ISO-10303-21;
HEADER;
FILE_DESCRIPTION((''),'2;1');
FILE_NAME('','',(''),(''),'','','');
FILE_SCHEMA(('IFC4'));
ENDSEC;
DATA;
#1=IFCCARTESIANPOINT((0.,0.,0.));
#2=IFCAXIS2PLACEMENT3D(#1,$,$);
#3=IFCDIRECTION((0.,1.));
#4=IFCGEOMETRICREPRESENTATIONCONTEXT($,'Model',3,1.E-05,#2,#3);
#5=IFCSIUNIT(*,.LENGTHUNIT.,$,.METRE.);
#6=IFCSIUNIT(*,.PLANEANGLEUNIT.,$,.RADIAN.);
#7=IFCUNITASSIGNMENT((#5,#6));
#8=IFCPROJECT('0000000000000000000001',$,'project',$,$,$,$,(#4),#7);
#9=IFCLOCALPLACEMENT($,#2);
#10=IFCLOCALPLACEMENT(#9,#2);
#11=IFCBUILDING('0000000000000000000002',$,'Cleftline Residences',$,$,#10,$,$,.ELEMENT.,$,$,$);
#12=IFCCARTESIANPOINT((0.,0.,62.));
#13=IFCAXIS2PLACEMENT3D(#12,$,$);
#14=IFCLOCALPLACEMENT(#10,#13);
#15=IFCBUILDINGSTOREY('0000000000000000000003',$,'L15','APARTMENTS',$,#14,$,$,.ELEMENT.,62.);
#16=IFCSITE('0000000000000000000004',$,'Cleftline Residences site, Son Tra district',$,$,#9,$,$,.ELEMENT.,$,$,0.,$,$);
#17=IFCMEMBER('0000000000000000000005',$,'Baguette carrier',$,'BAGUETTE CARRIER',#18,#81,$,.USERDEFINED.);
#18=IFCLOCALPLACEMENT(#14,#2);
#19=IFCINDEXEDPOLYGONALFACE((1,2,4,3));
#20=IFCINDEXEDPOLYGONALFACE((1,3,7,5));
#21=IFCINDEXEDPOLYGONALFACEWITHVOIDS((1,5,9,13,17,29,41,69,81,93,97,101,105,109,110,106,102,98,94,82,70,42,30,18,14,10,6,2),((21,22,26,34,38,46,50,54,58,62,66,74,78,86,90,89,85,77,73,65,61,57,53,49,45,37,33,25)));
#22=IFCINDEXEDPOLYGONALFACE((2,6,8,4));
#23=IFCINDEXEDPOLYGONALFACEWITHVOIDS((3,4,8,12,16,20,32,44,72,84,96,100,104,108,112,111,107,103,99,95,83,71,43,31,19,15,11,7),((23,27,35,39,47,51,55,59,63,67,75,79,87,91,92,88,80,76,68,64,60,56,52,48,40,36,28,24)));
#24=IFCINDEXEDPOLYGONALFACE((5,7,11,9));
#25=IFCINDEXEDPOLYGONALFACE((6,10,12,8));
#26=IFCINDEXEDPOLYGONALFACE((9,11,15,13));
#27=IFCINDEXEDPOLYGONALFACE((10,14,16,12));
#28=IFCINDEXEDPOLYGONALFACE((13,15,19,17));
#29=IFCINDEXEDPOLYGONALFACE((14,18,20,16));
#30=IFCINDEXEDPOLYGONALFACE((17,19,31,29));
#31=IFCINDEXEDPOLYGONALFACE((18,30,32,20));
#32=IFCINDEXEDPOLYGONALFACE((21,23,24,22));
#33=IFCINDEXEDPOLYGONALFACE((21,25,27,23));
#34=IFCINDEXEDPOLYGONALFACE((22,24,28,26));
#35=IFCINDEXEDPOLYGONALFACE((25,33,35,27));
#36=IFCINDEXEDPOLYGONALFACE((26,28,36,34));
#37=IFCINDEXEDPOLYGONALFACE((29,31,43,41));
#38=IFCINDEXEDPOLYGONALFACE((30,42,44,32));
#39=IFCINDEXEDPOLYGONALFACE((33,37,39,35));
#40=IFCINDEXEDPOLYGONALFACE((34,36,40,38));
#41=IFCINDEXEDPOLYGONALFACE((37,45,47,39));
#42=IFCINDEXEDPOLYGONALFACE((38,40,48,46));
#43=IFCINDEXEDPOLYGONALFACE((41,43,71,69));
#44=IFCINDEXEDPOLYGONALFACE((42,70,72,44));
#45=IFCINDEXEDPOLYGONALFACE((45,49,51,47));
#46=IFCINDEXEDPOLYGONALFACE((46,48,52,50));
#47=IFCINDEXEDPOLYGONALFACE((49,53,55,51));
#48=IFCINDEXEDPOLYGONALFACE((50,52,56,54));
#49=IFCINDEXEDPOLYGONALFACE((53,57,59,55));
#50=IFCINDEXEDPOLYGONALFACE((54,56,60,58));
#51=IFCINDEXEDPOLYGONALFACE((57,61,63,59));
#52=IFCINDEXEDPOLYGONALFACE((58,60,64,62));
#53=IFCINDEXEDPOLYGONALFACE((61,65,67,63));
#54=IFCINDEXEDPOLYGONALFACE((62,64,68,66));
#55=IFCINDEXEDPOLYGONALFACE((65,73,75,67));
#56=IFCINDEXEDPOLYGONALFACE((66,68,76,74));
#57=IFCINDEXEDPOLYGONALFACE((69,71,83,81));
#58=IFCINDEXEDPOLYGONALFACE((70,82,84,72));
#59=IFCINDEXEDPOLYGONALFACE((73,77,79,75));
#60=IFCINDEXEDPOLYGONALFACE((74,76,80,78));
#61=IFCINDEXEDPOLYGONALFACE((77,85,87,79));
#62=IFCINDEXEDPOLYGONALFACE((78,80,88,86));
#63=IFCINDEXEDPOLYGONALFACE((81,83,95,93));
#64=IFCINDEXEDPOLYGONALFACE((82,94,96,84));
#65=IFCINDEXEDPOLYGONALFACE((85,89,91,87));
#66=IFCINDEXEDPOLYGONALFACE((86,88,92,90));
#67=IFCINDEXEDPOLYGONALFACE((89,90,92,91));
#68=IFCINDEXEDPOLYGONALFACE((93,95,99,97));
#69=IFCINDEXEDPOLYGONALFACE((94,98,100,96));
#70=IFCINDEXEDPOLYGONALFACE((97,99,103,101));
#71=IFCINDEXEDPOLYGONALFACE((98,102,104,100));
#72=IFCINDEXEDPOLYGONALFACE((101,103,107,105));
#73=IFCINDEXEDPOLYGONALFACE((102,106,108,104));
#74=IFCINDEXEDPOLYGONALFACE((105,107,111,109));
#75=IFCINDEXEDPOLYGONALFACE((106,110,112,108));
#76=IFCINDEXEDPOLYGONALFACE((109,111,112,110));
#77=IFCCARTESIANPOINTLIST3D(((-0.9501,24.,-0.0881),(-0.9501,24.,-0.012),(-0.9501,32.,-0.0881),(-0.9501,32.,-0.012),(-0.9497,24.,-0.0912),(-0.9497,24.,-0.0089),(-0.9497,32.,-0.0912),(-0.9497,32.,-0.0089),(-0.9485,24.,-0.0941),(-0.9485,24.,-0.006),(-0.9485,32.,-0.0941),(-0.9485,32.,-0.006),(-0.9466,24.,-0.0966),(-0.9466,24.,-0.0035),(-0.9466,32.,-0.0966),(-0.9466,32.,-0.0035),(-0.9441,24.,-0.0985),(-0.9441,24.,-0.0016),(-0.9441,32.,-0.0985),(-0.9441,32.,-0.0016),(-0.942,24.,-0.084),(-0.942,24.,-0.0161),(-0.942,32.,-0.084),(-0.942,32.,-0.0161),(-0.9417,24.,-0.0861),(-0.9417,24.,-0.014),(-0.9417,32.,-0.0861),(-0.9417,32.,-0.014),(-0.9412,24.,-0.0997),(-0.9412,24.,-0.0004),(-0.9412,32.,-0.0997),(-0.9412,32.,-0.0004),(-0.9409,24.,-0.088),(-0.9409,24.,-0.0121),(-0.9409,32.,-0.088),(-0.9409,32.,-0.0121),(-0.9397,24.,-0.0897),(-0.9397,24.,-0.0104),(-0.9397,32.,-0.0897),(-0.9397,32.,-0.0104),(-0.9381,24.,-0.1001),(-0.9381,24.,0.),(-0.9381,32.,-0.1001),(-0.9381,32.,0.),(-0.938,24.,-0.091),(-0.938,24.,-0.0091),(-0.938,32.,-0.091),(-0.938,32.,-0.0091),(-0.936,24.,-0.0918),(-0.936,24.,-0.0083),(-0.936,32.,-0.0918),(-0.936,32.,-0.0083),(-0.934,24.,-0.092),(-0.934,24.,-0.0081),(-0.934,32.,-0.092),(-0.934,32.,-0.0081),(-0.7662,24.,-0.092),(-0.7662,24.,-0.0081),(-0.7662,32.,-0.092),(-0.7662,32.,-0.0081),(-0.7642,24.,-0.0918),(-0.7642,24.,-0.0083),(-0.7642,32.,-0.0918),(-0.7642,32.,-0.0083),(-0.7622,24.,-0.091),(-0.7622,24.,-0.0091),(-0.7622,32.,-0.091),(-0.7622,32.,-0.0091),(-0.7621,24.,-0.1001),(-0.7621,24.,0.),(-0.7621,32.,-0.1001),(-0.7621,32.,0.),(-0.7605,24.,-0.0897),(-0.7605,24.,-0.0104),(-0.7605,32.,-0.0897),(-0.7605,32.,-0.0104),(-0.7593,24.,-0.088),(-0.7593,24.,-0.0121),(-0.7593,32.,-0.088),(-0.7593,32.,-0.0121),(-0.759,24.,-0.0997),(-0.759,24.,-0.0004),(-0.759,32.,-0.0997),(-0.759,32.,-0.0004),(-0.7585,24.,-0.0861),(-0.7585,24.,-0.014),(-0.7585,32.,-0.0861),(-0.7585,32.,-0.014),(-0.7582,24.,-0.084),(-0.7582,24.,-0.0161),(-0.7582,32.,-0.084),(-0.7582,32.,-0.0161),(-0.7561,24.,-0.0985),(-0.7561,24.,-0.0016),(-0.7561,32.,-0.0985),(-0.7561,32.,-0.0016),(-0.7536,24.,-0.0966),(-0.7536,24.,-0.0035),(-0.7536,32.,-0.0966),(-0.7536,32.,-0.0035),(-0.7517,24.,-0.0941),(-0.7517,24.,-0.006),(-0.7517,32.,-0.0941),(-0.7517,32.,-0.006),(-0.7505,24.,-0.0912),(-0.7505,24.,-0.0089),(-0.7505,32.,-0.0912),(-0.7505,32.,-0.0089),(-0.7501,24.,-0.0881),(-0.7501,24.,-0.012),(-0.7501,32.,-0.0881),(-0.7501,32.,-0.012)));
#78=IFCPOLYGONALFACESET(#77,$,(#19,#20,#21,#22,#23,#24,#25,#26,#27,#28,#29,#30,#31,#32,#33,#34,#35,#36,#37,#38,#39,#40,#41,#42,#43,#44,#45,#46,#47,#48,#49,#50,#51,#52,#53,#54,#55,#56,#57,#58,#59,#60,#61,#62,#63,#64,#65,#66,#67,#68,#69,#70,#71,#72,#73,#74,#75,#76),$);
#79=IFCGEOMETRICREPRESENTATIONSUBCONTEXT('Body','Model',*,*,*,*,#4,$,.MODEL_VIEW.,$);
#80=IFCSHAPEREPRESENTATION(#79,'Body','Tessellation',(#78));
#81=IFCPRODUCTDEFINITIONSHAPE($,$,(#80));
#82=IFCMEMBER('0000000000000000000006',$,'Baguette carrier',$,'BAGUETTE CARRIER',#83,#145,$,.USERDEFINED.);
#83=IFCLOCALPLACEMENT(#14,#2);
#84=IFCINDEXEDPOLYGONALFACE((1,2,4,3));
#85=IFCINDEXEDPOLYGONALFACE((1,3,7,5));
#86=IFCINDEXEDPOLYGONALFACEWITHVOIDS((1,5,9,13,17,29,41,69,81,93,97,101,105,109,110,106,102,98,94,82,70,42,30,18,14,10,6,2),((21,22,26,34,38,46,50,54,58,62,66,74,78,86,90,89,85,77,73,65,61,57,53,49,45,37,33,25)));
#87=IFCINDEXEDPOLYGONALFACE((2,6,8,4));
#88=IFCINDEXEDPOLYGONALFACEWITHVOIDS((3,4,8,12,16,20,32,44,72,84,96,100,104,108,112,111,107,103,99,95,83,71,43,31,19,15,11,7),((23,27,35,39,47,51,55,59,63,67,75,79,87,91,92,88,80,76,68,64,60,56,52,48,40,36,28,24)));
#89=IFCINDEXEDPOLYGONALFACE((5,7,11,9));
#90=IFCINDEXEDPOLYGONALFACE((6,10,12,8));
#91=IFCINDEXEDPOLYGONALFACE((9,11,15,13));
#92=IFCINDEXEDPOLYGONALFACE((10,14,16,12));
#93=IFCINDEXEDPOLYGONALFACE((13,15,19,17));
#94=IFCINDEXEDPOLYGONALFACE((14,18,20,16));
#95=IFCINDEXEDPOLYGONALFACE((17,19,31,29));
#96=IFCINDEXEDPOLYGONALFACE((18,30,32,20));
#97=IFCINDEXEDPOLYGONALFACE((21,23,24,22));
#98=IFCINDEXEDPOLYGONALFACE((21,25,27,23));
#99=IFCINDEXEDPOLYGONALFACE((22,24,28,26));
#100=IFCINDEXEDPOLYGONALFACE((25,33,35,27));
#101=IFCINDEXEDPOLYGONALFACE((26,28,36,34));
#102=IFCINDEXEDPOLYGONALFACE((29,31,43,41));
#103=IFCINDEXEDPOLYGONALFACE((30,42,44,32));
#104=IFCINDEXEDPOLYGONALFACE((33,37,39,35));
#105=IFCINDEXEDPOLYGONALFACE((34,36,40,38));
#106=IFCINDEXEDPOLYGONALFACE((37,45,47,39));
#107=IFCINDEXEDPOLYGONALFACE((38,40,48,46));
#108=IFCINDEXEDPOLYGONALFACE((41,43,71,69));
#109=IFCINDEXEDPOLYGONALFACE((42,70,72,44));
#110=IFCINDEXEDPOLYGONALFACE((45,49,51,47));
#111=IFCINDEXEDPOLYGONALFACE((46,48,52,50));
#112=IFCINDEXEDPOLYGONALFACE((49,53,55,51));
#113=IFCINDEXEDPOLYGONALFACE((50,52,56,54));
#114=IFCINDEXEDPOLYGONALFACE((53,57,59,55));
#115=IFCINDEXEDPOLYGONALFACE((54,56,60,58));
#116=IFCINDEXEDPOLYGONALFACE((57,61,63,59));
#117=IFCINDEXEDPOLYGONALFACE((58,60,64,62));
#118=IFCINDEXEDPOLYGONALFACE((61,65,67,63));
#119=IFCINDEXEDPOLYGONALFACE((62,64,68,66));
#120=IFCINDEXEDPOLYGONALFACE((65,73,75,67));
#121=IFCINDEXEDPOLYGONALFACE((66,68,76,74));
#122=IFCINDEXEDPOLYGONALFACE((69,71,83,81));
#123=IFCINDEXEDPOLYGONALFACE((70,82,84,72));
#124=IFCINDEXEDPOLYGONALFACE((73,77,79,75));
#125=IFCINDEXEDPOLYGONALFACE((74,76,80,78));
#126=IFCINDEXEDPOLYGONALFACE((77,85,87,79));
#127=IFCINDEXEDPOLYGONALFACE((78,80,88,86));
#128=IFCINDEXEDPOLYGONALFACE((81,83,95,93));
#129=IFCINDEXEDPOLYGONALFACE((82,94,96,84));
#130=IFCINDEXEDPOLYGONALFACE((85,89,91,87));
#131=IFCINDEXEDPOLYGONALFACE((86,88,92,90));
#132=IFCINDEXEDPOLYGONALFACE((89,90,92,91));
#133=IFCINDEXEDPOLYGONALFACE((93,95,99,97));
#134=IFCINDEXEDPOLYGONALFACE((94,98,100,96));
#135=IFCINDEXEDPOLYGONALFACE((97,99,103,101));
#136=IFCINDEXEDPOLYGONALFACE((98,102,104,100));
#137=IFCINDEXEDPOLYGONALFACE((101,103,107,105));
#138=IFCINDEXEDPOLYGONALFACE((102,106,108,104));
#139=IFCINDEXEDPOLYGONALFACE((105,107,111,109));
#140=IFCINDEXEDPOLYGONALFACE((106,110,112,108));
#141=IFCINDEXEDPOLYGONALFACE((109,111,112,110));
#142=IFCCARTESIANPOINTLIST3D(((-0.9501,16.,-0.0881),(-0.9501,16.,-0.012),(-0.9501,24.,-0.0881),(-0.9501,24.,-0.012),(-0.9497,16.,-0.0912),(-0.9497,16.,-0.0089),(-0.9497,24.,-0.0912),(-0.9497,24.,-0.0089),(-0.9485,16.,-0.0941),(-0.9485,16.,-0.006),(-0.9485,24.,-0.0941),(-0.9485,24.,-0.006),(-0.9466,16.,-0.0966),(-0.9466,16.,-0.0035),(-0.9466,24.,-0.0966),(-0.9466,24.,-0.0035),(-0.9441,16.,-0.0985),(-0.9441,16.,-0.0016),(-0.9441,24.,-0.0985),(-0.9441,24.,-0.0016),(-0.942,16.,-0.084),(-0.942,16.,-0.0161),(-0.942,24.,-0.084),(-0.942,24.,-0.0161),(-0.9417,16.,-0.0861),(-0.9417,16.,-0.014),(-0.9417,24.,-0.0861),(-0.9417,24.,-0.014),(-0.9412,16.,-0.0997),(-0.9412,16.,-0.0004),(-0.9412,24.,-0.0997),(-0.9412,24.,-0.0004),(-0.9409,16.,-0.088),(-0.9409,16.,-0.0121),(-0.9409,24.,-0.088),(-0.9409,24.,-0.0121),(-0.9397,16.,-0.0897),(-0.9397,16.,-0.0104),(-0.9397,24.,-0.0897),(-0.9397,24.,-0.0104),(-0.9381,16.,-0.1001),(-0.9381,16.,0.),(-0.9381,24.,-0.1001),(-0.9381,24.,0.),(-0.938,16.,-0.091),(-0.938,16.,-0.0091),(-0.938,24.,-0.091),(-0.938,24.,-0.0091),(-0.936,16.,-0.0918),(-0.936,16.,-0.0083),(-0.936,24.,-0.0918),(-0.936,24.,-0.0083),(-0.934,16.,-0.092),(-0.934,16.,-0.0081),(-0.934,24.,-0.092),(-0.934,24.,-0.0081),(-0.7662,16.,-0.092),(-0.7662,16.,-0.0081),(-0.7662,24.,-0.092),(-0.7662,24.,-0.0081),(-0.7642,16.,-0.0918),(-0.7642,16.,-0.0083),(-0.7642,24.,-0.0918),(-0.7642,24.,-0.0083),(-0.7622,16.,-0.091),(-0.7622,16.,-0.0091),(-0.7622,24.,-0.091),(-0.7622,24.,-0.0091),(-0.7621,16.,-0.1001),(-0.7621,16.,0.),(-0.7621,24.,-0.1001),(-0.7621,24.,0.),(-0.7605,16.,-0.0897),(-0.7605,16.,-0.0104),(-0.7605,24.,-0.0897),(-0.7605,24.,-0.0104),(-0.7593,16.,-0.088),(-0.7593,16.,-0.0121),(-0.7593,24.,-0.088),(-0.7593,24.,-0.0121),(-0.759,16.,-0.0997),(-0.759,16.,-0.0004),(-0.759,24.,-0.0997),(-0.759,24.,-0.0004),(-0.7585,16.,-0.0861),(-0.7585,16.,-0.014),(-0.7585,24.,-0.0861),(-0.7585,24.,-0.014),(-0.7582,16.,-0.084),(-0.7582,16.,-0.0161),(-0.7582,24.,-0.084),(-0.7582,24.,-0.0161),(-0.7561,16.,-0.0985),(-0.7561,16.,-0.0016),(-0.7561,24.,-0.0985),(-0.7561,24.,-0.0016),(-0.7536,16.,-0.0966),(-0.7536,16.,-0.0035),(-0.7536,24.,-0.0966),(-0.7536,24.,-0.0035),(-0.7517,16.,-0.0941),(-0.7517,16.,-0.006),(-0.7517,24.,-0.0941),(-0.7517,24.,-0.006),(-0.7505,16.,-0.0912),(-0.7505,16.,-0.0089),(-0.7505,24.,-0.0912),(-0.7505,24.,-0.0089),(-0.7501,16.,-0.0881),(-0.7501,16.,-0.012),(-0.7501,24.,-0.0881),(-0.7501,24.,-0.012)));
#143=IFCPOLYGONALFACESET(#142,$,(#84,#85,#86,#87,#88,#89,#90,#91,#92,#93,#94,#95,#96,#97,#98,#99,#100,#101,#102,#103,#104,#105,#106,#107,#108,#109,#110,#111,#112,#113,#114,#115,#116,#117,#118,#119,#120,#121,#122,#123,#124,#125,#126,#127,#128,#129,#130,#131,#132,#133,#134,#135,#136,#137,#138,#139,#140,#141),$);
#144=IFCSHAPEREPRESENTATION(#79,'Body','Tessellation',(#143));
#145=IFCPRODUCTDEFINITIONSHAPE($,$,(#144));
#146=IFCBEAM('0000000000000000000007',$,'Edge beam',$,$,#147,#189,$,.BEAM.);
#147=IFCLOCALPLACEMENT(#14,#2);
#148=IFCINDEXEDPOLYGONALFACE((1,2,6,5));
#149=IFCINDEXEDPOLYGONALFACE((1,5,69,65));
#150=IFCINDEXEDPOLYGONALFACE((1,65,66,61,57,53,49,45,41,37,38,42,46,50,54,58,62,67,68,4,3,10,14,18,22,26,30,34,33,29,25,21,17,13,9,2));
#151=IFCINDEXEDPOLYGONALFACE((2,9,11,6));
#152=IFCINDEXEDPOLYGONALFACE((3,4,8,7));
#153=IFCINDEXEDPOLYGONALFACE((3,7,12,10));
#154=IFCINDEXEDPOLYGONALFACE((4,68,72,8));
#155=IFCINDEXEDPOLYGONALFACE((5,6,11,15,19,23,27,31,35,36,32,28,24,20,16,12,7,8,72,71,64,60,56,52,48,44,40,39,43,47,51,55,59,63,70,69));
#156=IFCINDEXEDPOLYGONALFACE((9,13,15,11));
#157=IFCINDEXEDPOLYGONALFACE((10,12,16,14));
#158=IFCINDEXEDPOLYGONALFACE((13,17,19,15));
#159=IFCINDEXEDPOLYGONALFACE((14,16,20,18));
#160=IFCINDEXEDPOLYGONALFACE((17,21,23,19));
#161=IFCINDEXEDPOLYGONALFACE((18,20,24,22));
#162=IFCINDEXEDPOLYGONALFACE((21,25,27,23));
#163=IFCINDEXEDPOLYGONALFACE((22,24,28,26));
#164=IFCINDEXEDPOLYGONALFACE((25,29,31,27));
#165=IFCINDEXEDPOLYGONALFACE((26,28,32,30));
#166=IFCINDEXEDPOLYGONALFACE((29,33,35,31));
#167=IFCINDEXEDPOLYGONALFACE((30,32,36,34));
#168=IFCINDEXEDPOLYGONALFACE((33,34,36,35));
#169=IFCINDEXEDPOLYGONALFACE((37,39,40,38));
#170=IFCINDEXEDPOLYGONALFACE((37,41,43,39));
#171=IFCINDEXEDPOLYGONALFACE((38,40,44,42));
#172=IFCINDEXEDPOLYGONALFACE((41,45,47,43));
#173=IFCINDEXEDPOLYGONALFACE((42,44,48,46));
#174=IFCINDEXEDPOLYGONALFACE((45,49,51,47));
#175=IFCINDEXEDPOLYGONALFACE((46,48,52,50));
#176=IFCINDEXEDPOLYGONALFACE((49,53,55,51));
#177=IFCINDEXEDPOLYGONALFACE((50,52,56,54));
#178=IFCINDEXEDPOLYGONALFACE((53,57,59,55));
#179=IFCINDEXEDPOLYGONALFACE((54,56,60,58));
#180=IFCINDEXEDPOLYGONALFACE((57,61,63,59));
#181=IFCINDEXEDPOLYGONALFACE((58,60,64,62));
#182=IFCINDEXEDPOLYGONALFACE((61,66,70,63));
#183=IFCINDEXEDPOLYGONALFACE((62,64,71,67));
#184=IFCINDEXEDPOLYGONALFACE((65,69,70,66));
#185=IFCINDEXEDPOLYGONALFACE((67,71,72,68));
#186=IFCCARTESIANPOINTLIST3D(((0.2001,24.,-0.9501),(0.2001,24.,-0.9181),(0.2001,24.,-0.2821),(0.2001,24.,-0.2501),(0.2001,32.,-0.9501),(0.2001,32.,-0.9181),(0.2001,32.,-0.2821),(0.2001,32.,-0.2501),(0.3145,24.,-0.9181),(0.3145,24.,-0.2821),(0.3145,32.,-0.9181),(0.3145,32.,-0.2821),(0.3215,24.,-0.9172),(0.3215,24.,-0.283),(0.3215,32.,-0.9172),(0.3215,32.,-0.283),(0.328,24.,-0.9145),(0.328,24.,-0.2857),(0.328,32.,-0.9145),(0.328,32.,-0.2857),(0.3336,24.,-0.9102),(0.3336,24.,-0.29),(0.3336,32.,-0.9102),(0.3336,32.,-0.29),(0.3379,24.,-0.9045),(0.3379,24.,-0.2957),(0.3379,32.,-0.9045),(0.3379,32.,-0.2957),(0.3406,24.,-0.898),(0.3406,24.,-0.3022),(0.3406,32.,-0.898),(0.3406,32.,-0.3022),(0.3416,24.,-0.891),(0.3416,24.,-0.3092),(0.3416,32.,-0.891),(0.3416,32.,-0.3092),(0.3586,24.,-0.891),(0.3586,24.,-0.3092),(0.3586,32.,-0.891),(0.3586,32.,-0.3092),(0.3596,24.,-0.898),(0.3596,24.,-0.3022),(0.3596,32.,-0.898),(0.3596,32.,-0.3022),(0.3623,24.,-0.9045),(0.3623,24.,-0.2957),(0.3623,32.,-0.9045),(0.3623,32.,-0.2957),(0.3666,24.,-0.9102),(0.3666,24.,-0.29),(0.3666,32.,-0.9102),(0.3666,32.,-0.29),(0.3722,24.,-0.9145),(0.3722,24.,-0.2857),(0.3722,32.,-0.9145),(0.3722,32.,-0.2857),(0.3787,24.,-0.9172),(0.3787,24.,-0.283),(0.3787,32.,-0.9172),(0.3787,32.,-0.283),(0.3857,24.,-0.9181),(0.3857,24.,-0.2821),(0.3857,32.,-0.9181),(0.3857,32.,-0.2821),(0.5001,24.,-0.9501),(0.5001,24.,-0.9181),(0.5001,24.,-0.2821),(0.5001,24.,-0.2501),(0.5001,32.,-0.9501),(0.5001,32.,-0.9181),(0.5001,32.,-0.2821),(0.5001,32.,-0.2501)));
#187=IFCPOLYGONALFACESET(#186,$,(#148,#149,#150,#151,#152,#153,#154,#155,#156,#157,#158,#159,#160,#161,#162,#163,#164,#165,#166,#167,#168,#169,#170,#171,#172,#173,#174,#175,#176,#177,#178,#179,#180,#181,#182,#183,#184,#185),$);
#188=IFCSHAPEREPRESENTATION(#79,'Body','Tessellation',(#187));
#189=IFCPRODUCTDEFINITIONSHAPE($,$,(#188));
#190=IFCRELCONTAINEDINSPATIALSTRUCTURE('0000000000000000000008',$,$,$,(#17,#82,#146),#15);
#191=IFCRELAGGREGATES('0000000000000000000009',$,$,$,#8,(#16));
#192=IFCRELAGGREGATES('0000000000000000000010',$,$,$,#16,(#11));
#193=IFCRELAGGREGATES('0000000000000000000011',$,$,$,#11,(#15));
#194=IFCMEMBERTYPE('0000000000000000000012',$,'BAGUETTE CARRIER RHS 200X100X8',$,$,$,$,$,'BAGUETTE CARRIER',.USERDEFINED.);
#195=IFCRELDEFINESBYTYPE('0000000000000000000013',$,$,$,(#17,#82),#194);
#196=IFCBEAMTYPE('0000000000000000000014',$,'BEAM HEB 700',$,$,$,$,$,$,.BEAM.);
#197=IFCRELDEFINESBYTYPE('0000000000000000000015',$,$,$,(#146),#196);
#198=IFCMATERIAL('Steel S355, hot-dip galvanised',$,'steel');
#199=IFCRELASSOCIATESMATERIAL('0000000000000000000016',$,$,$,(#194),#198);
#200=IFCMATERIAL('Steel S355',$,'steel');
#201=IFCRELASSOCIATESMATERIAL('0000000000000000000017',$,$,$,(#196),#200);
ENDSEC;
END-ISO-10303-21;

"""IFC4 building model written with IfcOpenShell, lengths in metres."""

from ifc_helpers import new_model, si_unit, direction, frame, origin, origin_2d, place, context, subcontext, project, spatial, hollow_rectangle, i_section, extrude, material, material_profile, profile_set, type_object, element, save


model = new_model("IFC4")

# Units and contexts
model_context = context("Model", 3, precision=1e-05, world=origin(), true_north=direction((0.0, 1.0)))
body_context = subcontext(model_context, "Body", "Model", "MODEL_VIEW")
ifc_project = project(units=[si_unit("LENGTHUNIT", "METRE"), si_unit("PLANEANGLEUNIT", "RADIAN")], contexts=[model_context])

# Site, building, storey
site_placement = place(None, origin())
site = spatial("IfcSite", under=ifc_project, at=site_placement, Name="Cleftline Residences site, Son Tra district", CompositionType="ELEMENT", RefElevation=0.0)
building_placement = place(site_placement, origin())
building = spatial("IfcBuilding", under=site, at=building_placement, Name="Cleftline Residences", CompositionType="ELEMENT")
storey_placement = place(building_placement, frame((0.0, 0.0, 62.0)))
storey = spatial("IfcBuildingStorey", under=building, at=storey_placement, Name="L15", Description="APARTMENTS", CompositionType="ELEMENT", Elevation=62.0)

# Members
ifc_material_1 = material(Name="Steel S355, hot-dip galvanised", Category="steel")
ifc_material_profile_1 = material_profile(ifc_material_1, hollow_rectangle(XDim=0.1001, YDim=0.2, WallThickness=0.0081, InnerFilletRadius=0.0081, OuterFilletRadius=0.012, at=origin_2d()))
ifc_profile_set_1 = profile_set([ifc_material_profile_1], Name="Steel S355, hot-dip galvanised")
member_type_1 = type_object("IfcMemberType", Name="BAGUETTE CARRIER RHS 200X100X8", ElementType="BAGUETTE CARRIER", PredefinedType="USERDEFINED", material=ifc_profile_set_1)
for number, where, z_axis, x_axis, name in (
    (1, (-0.8501, 32.0, -0.05), (0.0, -1.0, 0.0), (0.0, 0.0, 1.0), "Baguette carrier"),
    (2, (-0.8501, 24.0, -0.05), (0.0, -1.0, 0.0), (0.0, 0.0, 1.0), "Baguette carrier"),
):
    element("IfcMember", number, at=place(storey_placement, frame(where, z_axis=z_axis, x_axis=x_axis)), inside=storey, type_object=member_type_1, Name=name, ObjectType="BAGUETTE CARRIER", PredefinedType="USERDEFINED", context=body_context, shape_type="SweptSolid", body=[
        extrude(hollow_rectangle(XDim=0.1001, YDim=0.2, WallThickness=0.0081, InnerFilletRadius=0.0081, OuterFilletRadius=0.012, at=origin_2d()), origin(), (0.0, 0.0, 1.0), 8.0),
    ])

# Beam
ifc_material_2 = material(Name="Steel S355", Category="steel")
ifc_material_profile_2 = material_profile(ifc_material_2, i_section(OverallWidth=0.3, OverallDepth=0.7, WebThickness=0.0171, FlangeThickness=0.032, FilletRadius=0.0271, at=origin_2d()))
ifc_profile_set_2 = profile_set([ifc_material_profile_2], Name="Steel S355")
beam_type_1 = type_object("IfcBeamType", Name="BEAM HEB 700", PredefinedType="BEAM", material=ifc_profile_set_2)
for number, where, z_axis, x_axis, name in (
    (3, (0.3501, 24.0, -0.6001), (0.0, 1.0, 0.0), (-1.0, 0.0, 0.0), "Edge beam"),
):
    element("IfcBeam", number, at=place(storey_placement, frame(where, z_axis=z_axis, x_axis=x_axis)), inside=storey, type_object=beam_type_1, Name=name, PredefinedType="BEAM", context=body_context, shape_type="SweptSolid", body=[
        extrude(i_section(OverallWidth=0.3, OverallDepth=0.7, WebThickness=0.0171, FlangeThickness=0.032, FilletRadius=0.0271, at=origin_2d()), origin(), (0.0, 0.0, 1.0), 8.0),
    ])

save(model, "model.ifc")
